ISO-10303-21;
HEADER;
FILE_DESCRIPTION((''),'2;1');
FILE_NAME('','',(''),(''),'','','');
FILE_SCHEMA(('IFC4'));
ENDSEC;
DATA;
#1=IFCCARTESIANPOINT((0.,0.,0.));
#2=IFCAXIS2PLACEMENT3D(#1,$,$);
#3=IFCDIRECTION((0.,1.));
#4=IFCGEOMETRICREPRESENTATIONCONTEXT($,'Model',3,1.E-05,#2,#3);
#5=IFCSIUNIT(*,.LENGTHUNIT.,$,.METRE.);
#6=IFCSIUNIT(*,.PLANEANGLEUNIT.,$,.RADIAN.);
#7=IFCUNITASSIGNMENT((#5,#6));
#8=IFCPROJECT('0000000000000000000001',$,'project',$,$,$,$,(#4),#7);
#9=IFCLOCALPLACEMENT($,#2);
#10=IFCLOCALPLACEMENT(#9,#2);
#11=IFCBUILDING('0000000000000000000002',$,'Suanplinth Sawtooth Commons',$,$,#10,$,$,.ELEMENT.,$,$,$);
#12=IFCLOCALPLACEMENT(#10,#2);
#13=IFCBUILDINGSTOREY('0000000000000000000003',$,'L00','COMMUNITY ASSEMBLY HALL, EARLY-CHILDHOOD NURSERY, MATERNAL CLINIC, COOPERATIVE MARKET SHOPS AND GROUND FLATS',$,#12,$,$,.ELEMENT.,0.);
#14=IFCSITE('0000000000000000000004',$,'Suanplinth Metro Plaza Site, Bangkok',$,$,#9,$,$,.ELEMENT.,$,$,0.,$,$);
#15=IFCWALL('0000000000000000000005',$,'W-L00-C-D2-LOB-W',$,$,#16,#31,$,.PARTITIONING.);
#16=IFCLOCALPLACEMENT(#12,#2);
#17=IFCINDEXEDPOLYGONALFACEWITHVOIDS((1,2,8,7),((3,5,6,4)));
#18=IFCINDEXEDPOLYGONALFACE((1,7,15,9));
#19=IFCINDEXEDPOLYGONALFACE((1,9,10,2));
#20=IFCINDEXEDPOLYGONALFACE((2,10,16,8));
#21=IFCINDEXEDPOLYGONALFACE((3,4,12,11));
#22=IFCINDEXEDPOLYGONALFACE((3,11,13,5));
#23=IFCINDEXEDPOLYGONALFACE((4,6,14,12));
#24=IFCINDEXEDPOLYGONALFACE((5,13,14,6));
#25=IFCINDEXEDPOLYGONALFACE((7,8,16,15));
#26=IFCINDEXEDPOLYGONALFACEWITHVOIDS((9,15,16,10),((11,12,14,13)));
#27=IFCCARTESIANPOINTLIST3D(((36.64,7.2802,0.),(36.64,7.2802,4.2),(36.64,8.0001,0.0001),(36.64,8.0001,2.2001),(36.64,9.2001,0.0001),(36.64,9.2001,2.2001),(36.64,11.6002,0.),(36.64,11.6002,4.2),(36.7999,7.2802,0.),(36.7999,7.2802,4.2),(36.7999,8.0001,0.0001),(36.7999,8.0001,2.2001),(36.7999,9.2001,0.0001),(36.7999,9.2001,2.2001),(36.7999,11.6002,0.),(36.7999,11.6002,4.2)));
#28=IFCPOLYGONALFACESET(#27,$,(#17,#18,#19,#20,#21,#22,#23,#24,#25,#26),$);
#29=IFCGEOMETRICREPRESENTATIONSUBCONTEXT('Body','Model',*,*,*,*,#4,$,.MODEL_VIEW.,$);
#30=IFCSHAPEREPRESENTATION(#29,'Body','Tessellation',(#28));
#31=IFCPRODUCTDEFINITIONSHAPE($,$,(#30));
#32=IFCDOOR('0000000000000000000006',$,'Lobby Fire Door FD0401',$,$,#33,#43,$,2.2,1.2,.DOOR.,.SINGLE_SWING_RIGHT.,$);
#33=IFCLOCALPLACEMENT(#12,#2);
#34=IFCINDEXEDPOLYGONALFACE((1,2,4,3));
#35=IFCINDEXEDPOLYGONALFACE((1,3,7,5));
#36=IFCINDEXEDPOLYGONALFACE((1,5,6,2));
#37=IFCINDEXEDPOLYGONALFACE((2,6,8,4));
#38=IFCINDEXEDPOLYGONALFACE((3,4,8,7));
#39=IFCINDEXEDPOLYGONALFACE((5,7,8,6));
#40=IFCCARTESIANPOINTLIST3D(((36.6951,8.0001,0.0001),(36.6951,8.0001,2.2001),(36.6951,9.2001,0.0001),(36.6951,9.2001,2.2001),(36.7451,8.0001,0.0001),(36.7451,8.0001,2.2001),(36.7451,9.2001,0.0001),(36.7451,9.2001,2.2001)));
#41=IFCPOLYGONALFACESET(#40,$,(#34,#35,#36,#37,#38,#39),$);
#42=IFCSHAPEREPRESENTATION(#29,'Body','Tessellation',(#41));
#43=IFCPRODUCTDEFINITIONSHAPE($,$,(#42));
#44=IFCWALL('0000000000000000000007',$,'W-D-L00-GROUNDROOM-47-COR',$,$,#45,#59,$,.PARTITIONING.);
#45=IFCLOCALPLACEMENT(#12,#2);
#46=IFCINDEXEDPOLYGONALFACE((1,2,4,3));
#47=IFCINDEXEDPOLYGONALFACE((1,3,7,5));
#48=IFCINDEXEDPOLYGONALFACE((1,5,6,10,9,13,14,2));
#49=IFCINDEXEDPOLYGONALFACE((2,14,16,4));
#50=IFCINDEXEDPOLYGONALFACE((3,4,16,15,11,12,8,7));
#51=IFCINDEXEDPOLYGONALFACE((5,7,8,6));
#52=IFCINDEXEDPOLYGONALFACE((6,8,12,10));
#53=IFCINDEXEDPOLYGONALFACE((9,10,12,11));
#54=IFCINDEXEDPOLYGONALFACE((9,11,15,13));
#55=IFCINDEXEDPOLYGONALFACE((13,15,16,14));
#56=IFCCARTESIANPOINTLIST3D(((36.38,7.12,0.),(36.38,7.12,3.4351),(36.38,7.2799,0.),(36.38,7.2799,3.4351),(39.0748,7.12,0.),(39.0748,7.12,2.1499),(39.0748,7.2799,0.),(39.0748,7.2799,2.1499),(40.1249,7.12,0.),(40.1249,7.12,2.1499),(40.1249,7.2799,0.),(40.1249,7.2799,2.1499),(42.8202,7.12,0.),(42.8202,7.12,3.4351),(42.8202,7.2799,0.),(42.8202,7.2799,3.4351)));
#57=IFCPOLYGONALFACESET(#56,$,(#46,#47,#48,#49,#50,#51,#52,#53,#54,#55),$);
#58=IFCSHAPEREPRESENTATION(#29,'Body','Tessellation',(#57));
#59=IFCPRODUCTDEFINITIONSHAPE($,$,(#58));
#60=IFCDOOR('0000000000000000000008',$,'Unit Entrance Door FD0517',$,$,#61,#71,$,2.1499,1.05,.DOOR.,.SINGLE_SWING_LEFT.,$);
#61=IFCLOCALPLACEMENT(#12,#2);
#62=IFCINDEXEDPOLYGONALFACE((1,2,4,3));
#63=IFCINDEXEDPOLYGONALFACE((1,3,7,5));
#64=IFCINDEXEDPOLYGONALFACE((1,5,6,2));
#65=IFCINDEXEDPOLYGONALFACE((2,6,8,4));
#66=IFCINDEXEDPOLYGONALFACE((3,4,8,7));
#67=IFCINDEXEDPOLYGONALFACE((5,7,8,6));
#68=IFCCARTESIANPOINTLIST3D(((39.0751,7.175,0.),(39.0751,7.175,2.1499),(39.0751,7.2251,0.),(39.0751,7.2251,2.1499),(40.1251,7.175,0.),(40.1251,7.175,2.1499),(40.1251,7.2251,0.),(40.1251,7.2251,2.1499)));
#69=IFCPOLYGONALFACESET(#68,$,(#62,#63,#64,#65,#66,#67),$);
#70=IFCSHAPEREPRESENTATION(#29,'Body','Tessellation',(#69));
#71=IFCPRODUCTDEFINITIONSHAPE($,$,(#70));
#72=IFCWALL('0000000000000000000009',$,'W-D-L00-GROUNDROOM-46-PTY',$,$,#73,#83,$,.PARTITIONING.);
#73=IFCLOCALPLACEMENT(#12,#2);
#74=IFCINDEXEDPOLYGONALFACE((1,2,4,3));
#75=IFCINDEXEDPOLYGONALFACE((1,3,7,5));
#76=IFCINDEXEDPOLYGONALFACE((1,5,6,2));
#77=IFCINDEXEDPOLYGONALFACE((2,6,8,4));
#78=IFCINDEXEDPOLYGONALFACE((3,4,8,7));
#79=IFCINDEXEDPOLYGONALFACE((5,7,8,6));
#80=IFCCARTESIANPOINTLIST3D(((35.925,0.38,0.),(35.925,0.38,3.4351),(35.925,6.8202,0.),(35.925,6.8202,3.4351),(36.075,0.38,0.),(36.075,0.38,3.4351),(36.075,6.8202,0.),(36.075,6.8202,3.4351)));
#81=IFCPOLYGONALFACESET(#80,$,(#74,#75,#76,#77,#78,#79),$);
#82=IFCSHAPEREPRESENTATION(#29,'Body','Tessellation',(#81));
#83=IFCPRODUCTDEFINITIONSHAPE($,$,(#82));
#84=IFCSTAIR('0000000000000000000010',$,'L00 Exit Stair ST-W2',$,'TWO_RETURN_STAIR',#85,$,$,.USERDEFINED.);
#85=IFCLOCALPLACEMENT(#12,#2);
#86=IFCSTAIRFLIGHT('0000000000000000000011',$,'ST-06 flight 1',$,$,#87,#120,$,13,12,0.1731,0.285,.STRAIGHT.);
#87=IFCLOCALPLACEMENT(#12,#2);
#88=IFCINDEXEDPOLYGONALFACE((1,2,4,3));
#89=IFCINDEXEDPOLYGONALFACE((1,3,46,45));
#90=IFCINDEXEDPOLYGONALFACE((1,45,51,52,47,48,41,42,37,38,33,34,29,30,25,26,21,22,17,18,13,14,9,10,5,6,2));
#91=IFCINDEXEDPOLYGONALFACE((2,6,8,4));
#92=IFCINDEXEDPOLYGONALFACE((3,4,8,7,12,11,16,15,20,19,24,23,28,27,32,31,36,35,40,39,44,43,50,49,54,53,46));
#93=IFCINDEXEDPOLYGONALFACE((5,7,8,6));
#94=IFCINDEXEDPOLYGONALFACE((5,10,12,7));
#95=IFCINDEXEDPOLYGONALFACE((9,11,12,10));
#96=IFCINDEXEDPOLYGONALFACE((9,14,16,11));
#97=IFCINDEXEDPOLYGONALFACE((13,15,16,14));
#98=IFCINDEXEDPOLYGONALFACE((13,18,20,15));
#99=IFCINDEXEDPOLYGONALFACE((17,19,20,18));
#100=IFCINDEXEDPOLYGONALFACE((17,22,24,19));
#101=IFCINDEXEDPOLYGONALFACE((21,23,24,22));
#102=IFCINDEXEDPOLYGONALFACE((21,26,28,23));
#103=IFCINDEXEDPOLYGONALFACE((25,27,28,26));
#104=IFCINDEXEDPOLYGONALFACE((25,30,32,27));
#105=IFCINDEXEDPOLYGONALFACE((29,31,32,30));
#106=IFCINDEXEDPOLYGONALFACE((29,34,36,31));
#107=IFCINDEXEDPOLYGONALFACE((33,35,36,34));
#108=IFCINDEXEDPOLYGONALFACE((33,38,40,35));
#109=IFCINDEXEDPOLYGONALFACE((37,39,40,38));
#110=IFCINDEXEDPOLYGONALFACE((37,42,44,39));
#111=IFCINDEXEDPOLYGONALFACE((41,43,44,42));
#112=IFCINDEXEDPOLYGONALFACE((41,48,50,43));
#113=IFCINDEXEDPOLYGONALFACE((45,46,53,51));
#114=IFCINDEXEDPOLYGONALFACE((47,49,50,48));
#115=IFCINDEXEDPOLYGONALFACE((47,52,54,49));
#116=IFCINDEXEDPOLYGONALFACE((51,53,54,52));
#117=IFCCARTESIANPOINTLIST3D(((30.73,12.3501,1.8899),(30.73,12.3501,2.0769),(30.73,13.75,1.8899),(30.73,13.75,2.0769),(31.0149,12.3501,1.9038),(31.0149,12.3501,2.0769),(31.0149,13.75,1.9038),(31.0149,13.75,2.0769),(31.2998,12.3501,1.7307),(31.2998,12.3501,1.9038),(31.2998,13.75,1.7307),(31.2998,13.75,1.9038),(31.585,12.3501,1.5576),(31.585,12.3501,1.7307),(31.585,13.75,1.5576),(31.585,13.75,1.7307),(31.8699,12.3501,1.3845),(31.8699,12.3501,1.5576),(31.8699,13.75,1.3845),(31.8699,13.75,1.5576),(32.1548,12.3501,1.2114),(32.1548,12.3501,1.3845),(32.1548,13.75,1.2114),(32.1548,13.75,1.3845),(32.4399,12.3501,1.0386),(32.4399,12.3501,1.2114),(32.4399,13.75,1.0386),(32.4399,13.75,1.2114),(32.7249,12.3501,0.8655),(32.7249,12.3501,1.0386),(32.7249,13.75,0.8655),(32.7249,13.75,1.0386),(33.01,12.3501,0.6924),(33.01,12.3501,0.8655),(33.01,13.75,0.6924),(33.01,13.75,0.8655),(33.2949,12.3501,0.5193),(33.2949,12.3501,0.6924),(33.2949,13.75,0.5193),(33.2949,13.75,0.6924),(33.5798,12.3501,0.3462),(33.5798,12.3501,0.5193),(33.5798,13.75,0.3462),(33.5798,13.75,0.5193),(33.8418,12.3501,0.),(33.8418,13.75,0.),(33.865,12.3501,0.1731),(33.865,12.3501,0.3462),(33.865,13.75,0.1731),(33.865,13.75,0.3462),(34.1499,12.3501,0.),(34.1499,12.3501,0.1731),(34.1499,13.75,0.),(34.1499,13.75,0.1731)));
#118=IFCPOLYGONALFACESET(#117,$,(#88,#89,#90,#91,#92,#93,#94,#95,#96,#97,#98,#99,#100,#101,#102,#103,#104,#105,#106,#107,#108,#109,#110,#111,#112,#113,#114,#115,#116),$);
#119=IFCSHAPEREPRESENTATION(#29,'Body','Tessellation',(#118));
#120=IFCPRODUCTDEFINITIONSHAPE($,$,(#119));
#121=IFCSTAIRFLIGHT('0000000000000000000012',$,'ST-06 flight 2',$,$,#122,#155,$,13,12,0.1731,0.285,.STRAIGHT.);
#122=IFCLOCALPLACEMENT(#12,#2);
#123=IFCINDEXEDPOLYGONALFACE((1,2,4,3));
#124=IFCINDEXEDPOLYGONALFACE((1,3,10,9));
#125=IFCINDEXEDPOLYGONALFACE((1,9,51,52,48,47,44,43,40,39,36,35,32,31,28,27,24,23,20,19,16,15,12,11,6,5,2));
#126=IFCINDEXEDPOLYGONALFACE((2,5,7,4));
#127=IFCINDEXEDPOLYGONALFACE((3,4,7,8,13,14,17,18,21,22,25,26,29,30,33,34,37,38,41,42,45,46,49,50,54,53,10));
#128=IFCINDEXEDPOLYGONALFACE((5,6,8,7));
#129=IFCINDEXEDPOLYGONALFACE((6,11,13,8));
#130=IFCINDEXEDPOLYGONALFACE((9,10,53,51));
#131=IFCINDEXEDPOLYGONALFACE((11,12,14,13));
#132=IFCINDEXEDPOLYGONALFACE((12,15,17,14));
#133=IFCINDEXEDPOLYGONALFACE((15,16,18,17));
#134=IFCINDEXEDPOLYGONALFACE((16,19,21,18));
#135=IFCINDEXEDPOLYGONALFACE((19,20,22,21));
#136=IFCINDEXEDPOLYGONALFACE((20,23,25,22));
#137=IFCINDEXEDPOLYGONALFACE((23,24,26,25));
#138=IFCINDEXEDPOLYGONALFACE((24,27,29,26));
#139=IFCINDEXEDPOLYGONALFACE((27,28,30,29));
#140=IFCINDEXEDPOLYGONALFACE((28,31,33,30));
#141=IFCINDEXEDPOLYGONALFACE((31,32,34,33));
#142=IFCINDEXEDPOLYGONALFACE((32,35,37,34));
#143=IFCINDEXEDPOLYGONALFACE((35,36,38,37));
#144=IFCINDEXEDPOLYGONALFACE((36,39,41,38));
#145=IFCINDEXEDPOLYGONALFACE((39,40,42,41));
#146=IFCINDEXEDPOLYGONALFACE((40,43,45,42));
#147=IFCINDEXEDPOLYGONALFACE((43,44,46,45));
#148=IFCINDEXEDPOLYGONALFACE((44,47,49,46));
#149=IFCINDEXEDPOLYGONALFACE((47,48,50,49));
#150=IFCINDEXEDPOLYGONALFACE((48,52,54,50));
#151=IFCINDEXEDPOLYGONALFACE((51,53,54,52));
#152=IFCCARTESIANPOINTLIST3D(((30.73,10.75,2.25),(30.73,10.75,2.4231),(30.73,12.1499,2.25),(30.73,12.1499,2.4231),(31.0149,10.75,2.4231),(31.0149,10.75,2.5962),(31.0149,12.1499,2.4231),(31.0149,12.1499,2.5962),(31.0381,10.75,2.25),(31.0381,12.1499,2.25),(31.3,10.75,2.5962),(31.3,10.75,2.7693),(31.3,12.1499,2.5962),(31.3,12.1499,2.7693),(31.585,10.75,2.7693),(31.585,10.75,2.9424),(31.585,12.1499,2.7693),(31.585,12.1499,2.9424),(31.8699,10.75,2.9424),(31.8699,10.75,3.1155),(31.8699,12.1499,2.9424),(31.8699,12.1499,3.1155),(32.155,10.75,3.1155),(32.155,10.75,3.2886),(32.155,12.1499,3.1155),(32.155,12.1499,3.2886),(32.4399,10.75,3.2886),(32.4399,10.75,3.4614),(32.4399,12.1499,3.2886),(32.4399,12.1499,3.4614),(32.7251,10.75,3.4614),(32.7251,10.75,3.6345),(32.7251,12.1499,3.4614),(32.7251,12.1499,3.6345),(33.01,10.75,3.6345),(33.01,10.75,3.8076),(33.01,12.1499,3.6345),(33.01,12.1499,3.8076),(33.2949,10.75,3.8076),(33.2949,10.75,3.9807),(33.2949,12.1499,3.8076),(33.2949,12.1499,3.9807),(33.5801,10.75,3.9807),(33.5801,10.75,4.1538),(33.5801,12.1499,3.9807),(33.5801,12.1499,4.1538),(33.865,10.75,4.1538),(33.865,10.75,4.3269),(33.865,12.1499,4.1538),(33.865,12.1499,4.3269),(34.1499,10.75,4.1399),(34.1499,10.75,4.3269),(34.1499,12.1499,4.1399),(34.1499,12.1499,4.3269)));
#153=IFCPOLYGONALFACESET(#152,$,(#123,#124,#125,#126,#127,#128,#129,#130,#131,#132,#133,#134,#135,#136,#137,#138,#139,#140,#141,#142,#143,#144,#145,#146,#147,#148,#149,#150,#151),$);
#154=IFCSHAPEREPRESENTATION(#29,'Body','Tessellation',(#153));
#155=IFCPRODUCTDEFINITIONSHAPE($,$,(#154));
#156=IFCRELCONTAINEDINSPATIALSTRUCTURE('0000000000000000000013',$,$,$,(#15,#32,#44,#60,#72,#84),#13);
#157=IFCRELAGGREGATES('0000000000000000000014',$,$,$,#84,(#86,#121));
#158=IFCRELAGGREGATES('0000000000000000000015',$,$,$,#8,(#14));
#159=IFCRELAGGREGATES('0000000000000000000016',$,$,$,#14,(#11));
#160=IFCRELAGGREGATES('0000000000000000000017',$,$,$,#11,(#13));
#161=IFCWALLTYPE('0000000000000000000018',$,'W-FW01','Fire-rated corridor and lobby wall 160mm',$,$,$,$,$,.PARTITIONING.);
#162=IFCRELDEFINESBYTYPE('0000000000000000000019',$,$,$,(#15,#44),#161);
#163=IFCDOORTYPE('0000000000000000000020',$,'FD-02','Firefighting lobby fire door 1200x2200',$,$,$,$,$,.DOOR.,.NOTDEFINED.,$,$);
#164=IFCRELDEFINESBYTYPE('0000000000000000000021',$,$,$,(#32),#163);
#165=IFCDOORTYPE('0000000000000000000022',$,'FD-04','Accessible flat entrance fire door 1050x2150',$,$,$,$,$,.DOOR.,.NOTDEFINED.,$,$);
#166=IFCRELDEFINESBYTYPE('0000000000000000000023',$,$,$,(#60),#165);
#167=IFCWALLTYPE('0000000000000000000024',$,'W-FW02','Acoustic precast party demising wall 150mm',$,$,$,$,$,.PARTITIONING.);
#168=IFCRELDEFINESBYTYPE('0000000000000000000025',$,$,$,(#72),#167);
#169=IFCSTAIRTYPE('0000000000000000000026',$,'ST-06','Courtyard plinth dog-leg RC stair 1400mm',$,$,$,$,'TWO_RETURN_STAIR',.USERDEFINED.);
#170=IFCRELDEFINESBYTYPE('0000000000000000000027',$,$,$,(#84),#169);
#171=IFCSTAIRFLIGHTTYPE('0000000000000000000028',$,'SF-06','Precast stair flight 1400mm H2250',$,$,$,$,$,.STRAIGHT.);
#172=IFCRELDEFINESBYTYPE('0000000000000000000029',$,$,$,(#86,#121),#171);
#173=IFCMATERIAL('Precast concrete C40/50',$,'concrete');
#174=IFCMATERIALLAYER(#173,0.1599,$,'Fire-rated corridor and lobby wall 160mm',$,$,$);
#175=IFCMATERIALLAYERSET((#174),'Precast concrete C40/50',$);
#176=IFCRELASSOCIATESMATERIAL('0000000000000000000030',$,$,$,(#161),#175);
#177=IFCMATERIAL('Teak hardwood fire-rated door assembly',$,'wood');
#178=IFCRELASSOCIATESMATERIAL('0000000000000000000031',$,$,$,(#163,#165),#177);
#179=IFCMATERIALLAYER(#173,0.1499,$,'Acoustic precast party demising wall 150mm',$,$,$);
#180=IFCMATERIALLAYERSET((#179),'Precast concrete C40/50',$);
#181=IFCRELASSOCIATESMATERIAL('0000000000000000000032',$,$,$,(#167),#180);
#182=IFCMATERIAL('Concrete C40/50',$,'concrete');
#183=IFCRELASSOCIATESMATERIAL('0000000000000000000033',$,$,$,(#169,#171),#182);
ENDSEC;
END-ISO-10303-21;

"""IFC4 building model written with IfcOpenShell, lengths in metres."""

from ifc_helpers import new_model, si_unit, direction, frame, frame_2d, origin, place, context, subcontext, project, spatial, polyline, rectangle, outline, extrude, material, layer, layer_set, type_object, element, fill, aggregate, save


model = new_model("IFC4")

# Units and contexts
model_context = context("Model", 3, precision=1e-05, world=origin(), true_north=direction((0.0, 1.0)))
body_context = subcontext(model_context, "Body", "Model", "MODEL_VIEW")
ifc_project = project(units=[si_unit("LENGTHUNIT", "METRE"), si_unit("PLANEANGLEUNIT", "RADIAN")], contexts=[model_context])

# Site, building, storey
site_placement = place(None, origin())
site = spatial("IfcSite", under=ifc_project, at=site_placement, Name="Suanplinth Metro Plaza Site, Bangkok", CompositionType="ELEMENT", RefElevation=0.0)
building_placement = place(site_placement, origin())
building = spatial("IfcBuilding", under=site, at=building_placement, Name="Suanplinth Sawtooth Commons", CompositionType="ELEMENT")
storey_placement = place(building_placement, origin())
storey = spatial("IfcBuildingStorey", under=building, at=storey_placement, Name="L00", Description="COMMUNITY ASSEMBLY HALL, EARLY-CHILDHOOD NURSERY, MATERNAL CLINIC, COOPERATIVE MARKET SHOPS AND GROUND FLATS", CompositionType="ELEMENT", Elevation=0.0)

# Shared definitions
ifc_material_1 = material(Name="Concrete C40/50", Category="concrete")

# Shared definitions
ifc_material_2 = material(Name="Precast concrete C40/50", Category="concrete")

# Walls, openings, doors
ifc_layer_1 = layer(ifc_material_2, 0.1599, Name="Fire-rated corridor and lobby wall 160mm")
ifc_layer_set_1 = layer_set([ifc_layer_1], Name="Precast concrete C40/50")
wall_type_1 = type_object("IfcWallType", Name="W-FW01", Description="Fire-rated corridor and lobby wall 160mm", PredefinedType="PARTITIONING", material=ifc_layer_set_1)
wall_1_placement = place(storey_placement, frame((36.72, 7.28, 0.0), z_axis=(0.0, 0.0, 1.0), x_axis=(0.0, 1.0, 0.0)))
wall_1 = element("IfcWall", 1, at=wall_1_placement, inside=storey, type_object=wall_type_1, Name="W-L00-C-D2-LOB-W", PredefinedType="PARTITIONING", context=body_context, shape_type="SweptSolid", body=[
    extrude(rectangle(XDim=4.3201, YDim=0.1599, at=frame_2d((2.1602, 0.0))), origin(), (0.0, 0.0, 1.0), 4.2),
])
opening_1_placement = place(wall_1_placement, frame((0.72, 0.0, 0.0)))
opening_1 = element("IfcOpeningElement", 2, at=opening_1_placement, cuts=wall_1, PredefinedType="OPENING", context=body_context, shape_type="SweptSolid", body=[
    extrude(rectangle(XDim=1.2, YDim=2.2, at=frame_2d((0.6001, 1.1001))), frame((0.0, 0.0947, 0.0), z_axis=(0.0, -1.0, 0.0), x_axis=(1.0, 0.0, 0.0)), (0.0, 0.0, 1.0), 0.1897),
])
ifc_material_3 = material(Name="Teak hardwood fire-rated door assembly", Category="wood")
door_type_1 = type_object("IfcDoorType", Name="FD-02", Description="Firefighting lobby fire door 1200x2200", OperationType="NOTDEFINED", PredefinedType="DOOR", material=ifc_material_3)
door_1_placement = place(opening_1_placement, origin())
door_1 = element("IfcDoor", 3, at=door_1_placement, inside=storey, type_object=door_type_1, Name="Lobby Fire Door FD0401", OperationType="SINGLE_SWING_RIGHT", OverallHeight=2.2, OverallWidth=1.2, PredefinedType="DOOR", context=body_context, shape_type="SweptSolid", body=[
    extrude(rectangle(XDim=1.2, YDim=2.2, at=frame_2d((0.6001, 1.1001))), frame((0.0, 0.0249, 0.0), z_axis=(0.0, -1.0, 0.0), x_axis=(1.0, 0.0, 0.0)), (0.0, 0.0, 1.0), 0.05),
])
fill(opening_1, door_1)
wall_2_placement = place(storey_placement, frame((36.3799, 7.2, 0.0), z_axis=(0.0, 0.0, 1.0), x_axis=(1.0, 0.0, 0.0)))
wall_2 = element("IfcWall", 4, at=wall_2_placement, inside=storey, type_object=wall_type_1, Name="W-D-L00-GROUNDROOM-47-COR", PredefinedType="PARTITIONING", context=body_context, shape_type="SweptSolid", body=[
    extrude(rectangle(XDim=6.4402, YDim=0.1599, at=frame_2d((3.2202, 0.0))), origin(), (0.0, 0.0, 1.0), 3.4351),
])
opening_2_placement = place(wall_2_placement, frame((2.6951, 0.0, 0.0)))
opening_2 = element("IfcOpeningElement", 5, at=opening_2_placement, cuts=wall_2, PredefinedType="OPENING", context=body_context, shape_type="SweptSolid", body=[
    extrude(rectangle(XDim=1.05, YDim=2.1499, at=frame_2d((0.5249, 1.075))), frame((0.0, 0.0947, 0.0), z_axis=(0.0, -1.0, 0.0), x_axis=(1.0, 0.0, 0.0)), (0.0, 0.0, 1.0), 0.1897),
])
door_type_2 = type_object("IfcDoorType", Name="FD-04", Description="Accessible flat entrance fire door 1050x2150", OperationType="NOTDEFINED", PredefinedType="DOOR", material=ifc_material_3)
door_2_placement = place(opening_2_placement, frame((1.05, 0.0, 0.0), z_axis=(0.0, 0.0, 1.0), x_axis=(-1.0, 0.0, 0.0)))
door_2 = element("IfcDoor", 6, at=door_2_placement, inside=storey, type_object=door_type_2, Name="Unit Entrance Door FD0517", OperationType="SINGLE_SWING_LEFT", OverallHeight=2.1499, OverallWidth=1.05, PredefinedType="DOOR", context=body_context, shape_type="SweptSolid", body=[
    extrude(rectangle(XDim=1.05, YDim=2.1499, at=frame_2d((0.5249, 1.075))), frame((0.0, 0.0249, 0.0), z_axis=(0.0, -1.0, 0.0), x_axis=(1.0, 0.0, 0.0)), (0.0, 0.0, 1.0), 0.05),
])
fill(opening_2, door_2)

# Wall
ifc_layer_2 = layer(ifc_material_2, 0.1499, Name="Acoustic precast party demising wall 150mm")
ifc_layer_set_2 = layer_set([ifc_layer_2], Name="Precast concrete C40/50")
wall_type_2 = type_object("IfcWallType", Name="W-FW02", Description="Acoustic precast party demising wall 150mm", PredefinedType="PARTITIONING", material=ifc_layer_set_2)
wall_3_placement = place(storey_placement, frame((36.0, 0.3799, 0.0), z_axis=(0.0, 0.0, 1.0), x_axis=(0.0, 1.0, 0.0)))
element("IfcWall", 7, at=wall_3_placement, inside=storey, type_object=wall_type_2, Name="W-D-L00-GROUNDROOM-46-PTY", PredefinedType="PARTITIONING", context=body_context, shape_type="SweptSolid", body=[
    extrude(rectangle(XDim=6.4402, YDim=0.1499, at=frame_2d((3.2202, 0.0))), origin(), (0.0, 0.0, 1.0), 3.4351),
])

# Stair, stair flights
stair_type = type_object("IfcStairType", Name="ST-06", Description="Courtyard plinth dog-leg RC stair 1400mm", ElementType="TWO_RETURN_STAIR", PredefinedType="USERDEFINED", material=ifc_material_1)
stair_placement = place(storey_placement, origin())
stair = element("IfcStair", 8, at=stair_placement, inside=storey, type_object=stair_type, Name="L00 Exit Stair ST-W2", ObjectType="TWO_RETURN_STAIR", PredefinedType="USERDEFINED")
stair_flight_type = type_object("IfcStairFlightType", Name="SF-06", Description="Precast stair flight 1400mm H2250", PredefinedType="STRAIGHT", material=ifc_material_1)
stair_flight_1_placement = place(storey_placement, frame((34.1499, 13.05, 0.0), z_axis=(0.0, 0.0, 1.0), x_axis=(-1.0, 0.0, 0.0)))
stair_flight_1 = element("IfcStairFlight", 9, at=stair_flight_1_placement, type_object=stair_flight_type, Name="ST-06 flight 1", NumberOfRisers=13, NumberOfTreads=12, PredefinedType="STRAIGHT", RiserHeight=0.1731, TreadLength=0.285, context=body_context, shape_type="SweptSolid", body=[
    extrude(outline(polyline([(0.0, 0.0), (0.0, 0.1731), (0.2849, 0.1731), (0.2849, 0.3462), (0.5701, 0.3462), (0.5701, 0.5193), (0.855, 0.5193), (0.855, 0.6924), (1.1399, 0.6924), (1.1399, 0.8655), (1.425, 0.8655), (1.425, 1.0386), (1.71, 1.0386), (1.71, 1.2114), (1.9951, 1.2114), (1.9951, 1.3845), (2.28, 1.3845), (2.28, 1.5576), (2.5649, 1.5576), (2.5649, 1.7307), (2.8501, 1.7307), (2.8501, 1.9038), (3.135, 1.9038), (3.135, 2.0769), (3.4199, 2.0769), (3.4199, 2.25), (3.4199, 1.8899), (0.3081, 0.0), (0.0, 0.0)])), frame((0.0, 0.7, 0.0), z_axis=(0.0, -1.0, 0.0), x_axis=(1.0, 0.0, 0.0)), (0.0, 0.0, 1.0), 1.3999),
])
stair_flight_2_placement = place(storey_placement, frame((30.73, 11.45, 2.25), z_axis=(0.0, 0.0, 1.0), x_axis=(1.0, 0.0, 0.0)))
stair_flight_2 = element("IfcStairFlight", 10, at=stair_flight_2_placement, type_object=stair_flight_type, Name="ST-06 flight 2", NumberOfRisers=13, NumberOfTreads=12, PredefinedType="STRAIGHT", RiserHeight=0.1731, TreadLength=0.285, context=body_context, shape_type="SweptSolid", body=[
    extrude(outline(polyline([(0.0, 0.0), (0.0, 0.1731), (0.2849, 0.1731), (0.2849, 0.3462), (0.5701, 0.3462), (0.5701, 0.5193), (0.855, 0.5193), (0.855, 0.6924), (1.1399, 0.6924), (1.1399, 0.8655), (1.425, 0.8655), (1.425, 1.0386), (1.71, 1.0386), (1.71, 1.2114), (1.9951, 1.2114), (1.9951, 1.3845), (2.28, 1.3845), (2.28, 1.5576), (2.5649, 1.5576), (2.5649, 1.7307), (2.8501, 1.7307), (2.8501, 1.9038), (3.135, 1.9038), (3.135, 2.0769), (3.4199, 2.0769), (3.4199, 2.25), (3.4199, 1.8899), (0.3081, 0.0), (0.0, 0.0)])), frame((0.0, 0.7, 0.0), z_axis=(0.0, -1.0, 0.0), x_axis=(1.0, 0.0, 0.0)), (0.0, 0.0, 1.0), 1.3999),
])
aggregate(stair, [stair_flight_1, stair_flight_2])

save(model, "model.ifc")
